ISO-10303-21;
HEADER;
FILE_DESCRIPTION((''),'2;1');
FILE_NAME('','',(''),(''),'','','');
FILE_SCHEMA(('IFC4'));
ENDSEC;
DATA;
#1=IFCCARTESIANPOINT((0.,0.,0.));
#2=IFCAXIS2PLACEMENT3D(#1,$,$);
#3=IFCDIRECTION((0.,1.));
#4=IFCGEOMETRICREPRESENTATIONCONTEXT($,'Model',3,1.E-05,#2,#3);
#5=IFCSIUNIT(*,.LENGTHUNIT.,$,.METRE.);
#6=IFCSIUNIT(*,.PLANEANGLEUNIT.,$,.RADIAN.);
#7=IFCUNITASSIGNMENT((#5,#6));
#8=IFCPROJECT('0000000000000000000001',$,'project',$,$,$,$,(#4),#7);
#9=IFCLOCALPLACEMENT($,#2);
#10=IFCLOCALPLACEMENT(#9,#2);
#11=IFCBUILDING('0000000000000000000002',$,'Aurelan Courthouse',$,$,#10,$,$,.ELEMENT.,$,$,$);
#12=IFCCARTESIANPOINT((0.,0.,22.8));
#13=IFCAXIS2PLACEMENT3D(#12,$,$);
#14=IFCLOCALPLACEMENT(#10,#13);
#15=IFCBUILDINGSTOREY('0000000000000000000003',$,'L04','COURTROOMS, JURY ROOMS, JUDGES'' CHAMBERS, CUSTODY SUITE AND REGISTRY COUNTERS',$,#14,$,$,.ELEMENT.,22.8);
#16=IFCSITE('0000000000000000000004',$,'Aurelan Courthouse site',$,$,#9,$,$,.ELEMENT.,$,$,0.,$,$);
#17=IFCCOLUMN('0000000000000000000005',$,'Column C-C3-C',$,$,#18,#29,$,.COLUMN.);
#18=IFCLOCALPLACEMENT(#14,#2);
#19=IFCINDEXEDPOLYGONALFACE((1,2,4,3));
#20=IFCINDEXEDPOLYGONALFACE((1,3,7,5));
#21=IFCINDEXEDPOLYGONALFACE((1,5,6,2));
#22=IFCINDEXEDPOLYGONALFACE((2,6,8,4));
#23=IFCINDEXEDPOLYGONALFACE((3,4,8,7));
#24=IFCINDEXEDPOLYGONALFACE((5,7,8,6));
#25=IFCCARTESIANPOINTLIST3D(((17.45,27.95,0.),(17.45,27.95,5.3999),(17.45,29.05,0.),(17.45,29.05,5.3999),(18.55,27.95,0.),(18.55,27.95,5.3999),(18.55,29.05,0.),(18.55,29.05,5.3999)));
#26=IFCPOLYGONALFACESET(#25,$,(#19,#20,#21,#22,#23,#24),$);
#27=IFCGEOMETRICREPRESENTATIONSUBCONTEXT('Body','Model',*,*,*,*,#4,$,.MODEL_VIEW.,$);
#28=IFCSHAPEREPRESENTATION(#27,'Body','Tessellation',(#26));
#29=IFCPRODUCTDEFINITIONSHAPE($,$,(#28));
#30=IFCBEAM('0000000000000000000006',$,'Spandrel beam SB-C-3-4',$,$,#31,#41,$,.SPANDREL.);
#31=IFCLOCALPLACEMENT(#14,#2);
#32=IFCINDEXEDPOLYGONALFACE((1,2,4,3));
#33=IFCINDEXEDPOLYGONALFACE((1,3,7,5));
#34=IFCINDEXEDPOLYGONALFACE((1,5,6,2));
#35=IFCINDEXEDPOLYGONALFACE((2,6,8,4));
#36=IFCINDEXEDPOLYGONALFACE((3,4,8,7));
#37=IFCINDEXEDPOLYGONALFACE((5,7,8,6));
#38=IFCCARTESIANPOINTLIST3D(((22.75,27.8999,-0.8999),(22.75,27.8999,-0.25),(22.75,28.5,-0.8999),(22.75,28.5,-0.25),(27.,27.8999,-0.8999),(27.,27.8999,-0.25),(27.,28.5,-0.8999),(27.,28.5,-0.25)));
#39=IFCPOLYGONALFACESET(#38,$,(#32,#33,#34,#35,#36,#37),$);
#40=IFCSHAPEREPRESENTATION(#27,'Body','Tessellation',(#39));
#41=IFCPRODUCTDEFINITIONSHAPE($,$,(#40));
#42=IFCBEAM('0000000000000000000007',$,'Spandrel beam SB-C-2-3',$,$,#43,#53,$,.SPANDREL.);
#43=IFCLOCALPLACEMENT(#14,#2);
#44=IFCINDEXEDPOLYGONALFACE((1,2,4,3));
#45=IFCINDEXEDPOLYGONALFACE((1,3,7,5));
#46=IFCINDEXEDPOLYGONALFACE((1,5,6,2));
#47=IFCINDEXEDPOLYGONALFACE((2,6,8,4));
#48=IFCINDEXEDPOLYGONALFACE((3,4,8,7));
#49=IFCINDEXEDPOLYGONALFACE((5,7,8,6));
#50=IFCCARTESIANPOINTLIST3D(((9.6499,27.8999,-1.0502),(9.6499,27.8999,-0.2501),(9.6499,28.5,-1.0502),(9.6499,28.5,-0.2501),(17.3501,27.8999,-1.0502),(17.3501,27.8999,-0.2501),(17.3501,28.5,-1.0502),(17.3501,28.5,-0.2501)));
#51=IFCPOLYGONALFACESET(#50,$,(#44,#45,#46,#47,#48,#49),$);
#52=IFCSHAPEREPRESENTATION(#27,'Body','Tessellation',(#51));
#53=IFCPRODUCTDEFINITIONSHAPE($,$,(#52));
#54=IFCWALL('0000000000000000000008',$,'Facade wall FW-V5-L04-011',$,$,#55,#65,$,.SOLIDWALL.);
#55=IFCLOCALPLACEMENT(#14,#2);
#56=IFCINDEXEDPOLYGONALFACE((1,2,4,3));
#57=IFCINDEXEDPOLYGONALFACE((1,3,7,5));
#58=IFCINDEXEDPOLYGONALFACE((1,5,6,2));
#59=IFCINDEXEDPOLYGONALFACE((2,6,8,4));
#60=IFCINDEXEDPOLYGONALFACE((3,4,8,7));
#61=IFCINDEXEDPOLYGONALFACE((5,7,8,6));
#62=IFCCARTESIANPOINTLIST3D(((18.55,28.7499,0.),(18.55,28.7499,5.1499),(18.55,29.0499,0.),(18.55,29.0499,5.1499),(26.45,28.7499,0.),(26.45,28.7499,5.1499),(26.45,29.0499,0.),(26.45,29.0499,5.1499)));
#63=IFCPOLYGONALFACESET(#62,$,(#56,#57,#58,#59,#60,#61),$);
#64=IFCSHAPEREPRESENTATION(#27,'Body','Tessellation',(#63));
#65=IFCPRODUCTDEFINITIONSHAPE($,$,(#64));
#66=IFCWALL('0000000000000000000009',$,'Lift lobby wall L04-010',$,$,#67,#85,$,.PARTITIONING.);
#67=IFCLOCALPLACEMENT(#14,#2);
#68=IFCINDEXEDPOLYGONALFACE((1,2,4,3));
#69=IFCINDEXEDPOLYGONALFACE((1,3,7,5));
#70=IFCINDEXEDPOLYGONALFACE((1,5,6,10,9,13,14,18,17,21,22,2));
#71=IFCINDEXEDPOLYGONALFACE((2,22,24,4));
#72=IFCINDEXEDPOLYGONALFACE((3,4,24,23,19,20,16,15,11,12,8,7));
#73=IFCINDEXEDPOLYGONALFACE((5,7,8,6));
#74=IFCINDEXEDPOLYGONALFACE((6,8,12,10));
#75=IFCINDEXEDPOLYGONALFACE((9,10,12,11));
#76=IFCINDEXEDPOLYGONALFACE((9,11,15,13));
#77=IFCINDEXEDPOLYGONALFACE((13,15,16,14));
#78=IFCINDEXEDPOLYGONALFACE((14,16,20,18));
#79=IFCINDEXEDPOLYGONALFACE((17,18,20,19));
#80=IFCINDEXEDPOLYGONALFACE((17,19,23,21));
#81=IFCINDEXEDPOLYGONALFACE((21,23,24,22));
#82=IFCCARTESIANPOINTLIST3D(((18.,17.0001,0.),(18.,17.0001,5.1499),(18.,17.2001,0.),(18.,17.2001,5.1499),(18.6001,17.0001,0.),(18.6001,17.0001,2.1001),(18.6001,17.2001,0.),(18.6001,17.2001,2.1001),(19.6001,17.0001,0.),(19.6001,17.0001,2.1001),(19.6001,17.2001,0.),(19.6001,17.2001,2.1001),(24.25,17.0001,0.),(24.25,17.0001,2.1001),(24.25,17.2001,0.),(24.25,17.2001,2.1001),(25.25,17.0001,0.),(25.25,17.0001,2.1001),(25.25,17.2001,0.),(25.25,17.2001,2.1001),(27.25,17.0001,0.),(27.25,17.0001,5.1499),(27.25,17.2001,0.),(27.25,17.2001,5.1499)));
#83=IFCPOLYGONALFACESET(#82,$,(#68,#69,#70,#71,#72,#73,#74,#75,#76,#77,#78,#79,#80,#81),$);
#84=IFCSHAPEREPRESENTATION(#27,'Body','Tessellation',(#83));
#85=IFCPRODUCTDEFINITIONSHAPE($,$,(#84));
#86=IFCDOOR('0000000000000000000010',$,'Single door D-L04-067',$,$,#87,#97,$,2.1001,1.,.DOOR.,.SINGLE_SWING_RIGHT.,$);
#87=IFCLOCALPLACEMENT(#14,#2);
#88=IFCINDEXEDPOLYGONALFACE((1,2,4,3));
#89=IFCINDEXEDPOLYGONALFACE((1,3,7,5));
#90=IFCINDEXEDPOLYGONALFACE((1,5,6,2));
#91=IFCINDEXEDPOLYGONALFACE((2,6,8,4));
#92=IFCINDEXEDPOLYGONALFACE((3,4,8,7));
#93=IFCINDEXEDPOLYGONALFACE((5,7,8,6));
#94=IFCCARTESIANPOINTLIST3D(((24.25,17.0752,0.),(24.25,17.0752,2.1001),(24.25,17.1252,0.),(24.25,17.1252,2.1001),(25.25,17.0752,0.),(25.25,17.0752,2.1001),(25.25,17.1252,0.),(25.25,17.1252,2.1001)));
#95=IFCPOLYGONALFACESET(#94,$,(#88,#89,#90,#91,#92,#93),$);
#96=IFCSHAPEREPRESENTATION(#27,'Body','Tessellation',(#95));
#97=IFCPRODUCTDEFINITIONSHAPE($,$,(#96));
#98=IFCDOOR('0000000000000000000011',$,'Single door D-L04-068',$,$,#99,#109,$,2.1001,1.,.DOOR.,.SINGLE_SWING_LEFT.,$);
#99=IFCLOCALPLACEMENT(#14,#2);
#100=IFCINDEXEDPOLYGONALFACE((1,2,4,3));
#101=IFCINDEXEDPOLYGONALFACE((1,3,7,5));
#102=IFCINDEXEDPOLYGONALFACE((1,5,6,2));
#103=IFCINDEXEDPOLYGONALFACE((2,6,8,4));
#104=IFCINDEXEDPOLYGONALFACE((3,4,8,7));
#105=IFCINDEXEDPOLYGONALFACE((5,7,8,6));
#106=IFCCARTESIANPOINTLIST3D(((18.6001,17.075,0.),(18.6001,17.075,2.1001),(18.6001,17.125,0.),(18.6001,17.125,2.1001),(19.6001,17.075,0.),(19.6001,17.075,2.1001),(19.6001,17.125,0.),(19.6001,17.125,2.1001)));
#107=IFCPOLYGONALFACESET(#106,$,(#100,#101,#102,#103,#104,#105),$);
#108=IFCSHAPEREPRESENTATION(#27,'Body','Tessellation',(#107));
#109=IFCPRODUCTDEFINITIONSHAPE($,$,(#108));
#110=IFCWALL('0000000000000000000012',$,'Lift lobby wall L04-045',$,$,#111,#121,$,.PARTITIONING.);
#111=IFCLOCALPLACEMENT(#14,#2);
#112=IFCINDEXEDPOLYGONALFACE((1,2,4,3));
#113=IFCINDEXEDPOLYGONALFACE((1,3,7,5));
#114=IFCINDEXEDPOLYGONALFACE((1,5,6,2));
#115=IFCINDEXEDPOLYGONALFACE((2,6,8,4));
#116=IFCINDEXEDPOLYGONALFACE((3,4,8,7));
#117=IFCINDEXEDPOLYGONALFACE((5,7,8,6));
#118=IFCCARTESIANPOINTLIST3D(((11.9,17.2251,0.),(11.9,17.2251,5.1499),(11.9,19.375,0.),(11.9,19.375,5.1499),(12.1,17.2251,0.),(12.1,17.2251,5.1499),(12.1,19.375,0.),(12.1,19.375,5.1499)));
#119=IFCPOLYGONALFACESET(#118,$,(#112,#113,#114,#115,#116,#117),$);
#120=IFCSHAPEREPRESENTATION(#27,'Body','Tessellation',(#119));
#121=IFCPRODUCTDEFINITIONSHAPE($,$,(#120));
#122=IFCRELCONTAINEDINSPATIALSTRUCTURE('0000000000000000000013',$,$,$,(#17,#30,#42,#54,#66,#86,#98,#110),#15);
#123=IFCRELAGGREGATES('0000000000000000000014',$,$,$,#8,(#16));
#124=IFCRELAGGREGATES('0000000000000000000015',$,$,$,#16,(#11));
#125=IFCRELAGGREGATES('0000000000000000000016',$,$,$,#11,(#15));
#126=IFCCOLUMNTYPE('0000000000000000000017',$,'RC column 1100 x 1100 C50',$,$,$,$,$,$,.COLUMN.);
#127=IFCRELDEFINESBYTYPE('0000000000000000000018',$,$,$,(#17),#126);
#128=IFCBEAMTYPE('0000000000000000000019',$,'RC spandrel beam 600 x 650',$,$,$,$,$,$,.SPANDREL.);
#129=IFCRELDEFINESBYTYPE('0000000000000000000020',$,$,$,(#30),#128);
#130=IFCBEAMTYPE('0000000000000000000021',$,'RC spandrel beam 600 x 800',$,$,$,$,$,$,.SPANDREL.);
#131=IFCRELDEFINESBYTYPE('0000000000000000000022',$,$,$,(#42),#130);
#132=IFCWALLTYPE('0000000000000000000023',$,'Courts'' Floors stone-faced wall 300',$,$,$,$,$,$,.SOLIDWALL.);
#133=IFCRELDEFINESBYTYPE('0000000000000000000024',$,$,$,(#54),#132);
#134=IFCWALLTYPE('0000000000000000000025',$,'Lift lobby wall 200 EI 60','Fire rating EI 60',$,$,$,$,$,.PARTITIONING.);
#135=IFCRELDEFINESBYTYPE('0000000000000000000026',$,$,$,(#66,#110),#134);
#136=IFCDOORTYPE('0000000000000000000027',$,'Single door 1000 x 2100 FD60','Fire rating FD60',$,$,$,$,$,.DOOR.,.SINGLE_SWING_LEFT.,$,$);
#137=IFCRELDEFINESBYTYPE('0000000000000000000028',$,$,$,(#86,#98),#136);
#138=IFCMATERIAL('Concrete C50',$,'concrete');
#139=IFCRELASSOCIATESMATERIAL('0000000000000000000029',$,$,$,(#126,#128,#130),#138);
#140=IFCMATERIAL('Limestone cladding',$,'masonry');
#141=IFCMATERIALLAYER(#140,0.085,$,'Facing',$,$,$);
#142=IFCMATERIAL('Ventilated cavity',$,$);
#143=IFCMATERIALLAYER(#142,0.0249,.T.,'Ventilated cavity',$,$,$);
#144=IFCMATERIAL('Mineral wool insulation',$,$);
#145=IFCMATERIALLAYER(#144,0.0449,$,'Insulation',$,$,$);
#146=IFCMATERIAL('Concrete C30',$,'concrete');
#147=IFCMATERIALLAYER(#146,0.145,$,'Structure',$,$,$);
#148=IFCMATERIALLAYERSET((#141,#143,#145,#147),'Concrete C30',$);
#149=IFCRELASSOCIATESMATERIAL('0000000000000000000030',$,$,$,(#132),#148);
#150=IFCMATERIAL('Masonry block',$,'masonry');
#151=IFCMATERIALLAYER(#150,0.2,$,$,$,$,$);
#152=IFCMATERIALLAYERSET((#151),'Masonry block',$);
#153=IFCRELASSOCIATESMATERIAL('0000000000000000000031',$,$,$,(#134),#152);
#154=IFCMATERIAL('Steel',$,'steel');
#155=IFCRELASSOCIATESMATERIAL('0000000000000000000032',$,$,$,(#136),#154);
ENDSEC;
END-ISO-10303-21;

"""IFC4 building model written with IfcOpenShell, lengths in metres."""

from ifc_helpers import new_model, si_unit, direction, frame, frame_2d, origin, origin_2d, place, context, subcontext, project, spatial, rectangle, extrude, material, layer, layer_set, material_profile, profile_set, type_object, element, fill, save


model = new_model("IFC4")

# Units and contexts
model_context = context("Model", 3, precision=1e-05, world=origin(), true_north=direction((0.0, 1.0)))
body_context = subcontext(model_context, "Body", "Model", "MODEL_VIEW")
ifc_project = project(units=[si_unit("LENGTHUNIT", "METRE"), si_unit("PLANEANGLEUNIT", "RADIAN")], contexts=[model_context])

# Site, building, storey
site_placement = place(None, origin())
site = spatial("IfcSite", under=ifc_project, at=site_placement, Name="Aurelan Courthouse site", CompositionType="ELEMENT", RefElevation=0.0)
building_placement = place(site_placement, origin())
building = spatial("IfcBuilding", under=site, at=building_placement, Name="Aurelan Courthouse", CompositionType="ELEMENT")
storey_placement = place(building_placement, frame((0.0, 0.0, 22.8)))
storey = spatial("IfcBuildingStorey", under=building, at=storey_placement, Name="L04", Description="COURTROOMS, JURY ROOMS, JUDGES' CHAMBERS, CUSTODY SUITE AND REGISTRY COUNTERS", CompositionType="ELEMENT", Elevation=22.8)

# Column
ifc_material_1 = material(Name="Concrete C50", Category="concrete")
ifc_material_profile_1 = material_profile(ifc_material_1, rectangle(XDim=1.1001, YDim=1.1001, at=origin_2d()), Name="RC 1100 x 1100")
ifc_profile_set_1 = profile_set([ifc_material_profile_1], Name="Concrete C50")
column_type = type_object("IfcColumnType", Name="RC column 1100 x 1100 C50", PredefinedType="COLUMN", material=ifc_profile_set_1)
column_placement = place(storey_placement, frame((18.0, 28.5, 0.0), z_axis=(0.0, 0.0, 1.0), x_axis=(1.0, 0.0, 0.0)))
element("IfcColumn", 1, at=column_placement, inside=storey, type_object=column_type, Name="Column C-C3-C", PredefinedType="COLUMN", context=body_context, shape_type="SweptSolid", body=[
    extrude(rectangle(XDim=1.1001, YDim=1.1001, at=origin_2d()), origin(), (0.0, 0.0, 1.0), 5.3999),
])

# Beams
ifc_material_profile_2 = material_profile(ifc_material_1, rectangle(XDim=0.6001, YDim=0.6499, at=origin_2d()), Name="RC 600 x 650")
ifc_profile_set_2 = profile_set([ifc_material_profile_2], Name="Concrete C50")
beam_type_1 = type_object("IfcBeamType", Name="RC spandrel beam 600 x 650", PredefinedType="SPANDREL", material=ifc_profile_set_2)
beam_1_placement = place(storey_placement, frame((22.75, 28.2, -0.575), z_axis=(1.0, 0.0, 0.0), x_axis=(0.0, 1.0, 0.0)))
element("IfcBeam", 2, at=beam_1_placement, inside=storey, type_object=beam_type_1, Name="Spandrel beam SB-C-3-4", PredefinedType="SPANDREL", context=body_context, shape_type="SweptSolid", body=[
    extrude(rectangle(XDim=0.6001, YDim=0.6499, at=origin_2d()), origin(), (0.0, 0.0, 1.0), 4.25),
])
ifc_material_profile_3 = material_profile(ifc_material_1, rectangle(XDim=0.6001, YDim=0.8, at=origin_2d()), Name="RC 600 x 800")
ifc_profile_set_3 = profile_set([ifc_material_profile_3], Name="Concrete C50")
beam_type_2 = type_object("IfcBeamType", Name="RC spandrel beam 600 x 800", PredefinedType="SPANDREL", material=ifc_profile_set_3)
beam_2_placement = place(storey_placement, frame((9.6499, 28.2, -0.6501), z_axis=(1.0, 0.0, 0.0), x_axis=(0.0, 1.0, 0.0)))
element("IfcBeam", 3, at=beam_2_placement, inside=storey, type_object=beam_type_2, Name="Spandrel beam SB-C-2-3", PredefinedType="SPANDREL", context=body_context, shape_type="SweptSolid", body=[
    extrude(rectangle(XDim=0.6001, YDim=0.8, at=origin_2d()), origin(), (0.0, 0.0, 1.0), 7.7002),
])

# Wall
ifc_material_2 = material(Name="Limestone cladding", Category="masonry")
ifc_layer_1 = layer(ifc_material_2, 0.085, Name="Facing")
ifc_material_3 = material(Name="Ventilated cavity")
ifc_layer_2 = layer(ifc_material_3, 0.0249, ventilated=True, Name="Ventilated cavity")
ifc_material_4 = material(Name="Mineral wool insulation")
ifc_layer_3 = layer(ifc_material_4, 0.0449, Name="Insulation")
ifc_material_5 = material(Name="Concrete C30", Category="concrete")
ifc_layer_4 = layer(ifc_material_5, 0.145, Name="Structure")
ifc_layer_set_1 = layer_set([ifc_layer_1, ifc_layer_2, ifc_layer_3, ifc_layer_4], Name="Concrete C30")
wall_type_1 = type_object("IfcWallType", Name="Courts' Floors stone-faced wall 300", PredefinedType="SOLIDWALL", material=ifc_layer_set_1)
wall_1_placement = place(storey_placement, frame((18.55, 28.8999, 0.0), z_axis=(0.0, 0.0, 1.0), x_axis=(1.0, 0.0, 0.0)))
element("IfcWall", 4, at=wall_1_placement, inside=storey, type_object=wall_type_1, Name="Facade wall FW-V5-L04-011", PredefinedType="SOLIDWALL", context=body_context, shape_type="SweptSolid", body=[
    extrude(rectangle(XDim=7.8999, YDim=0.3, at=frame_2d((3.95, 0.0))), origin(), (0.0, 0.0, 1.0), 5.1499),
])

# Wall, openings, doors
ifc_material_6 = material(Name="Masonry block", Category="masonry")
ifc_layer_5 = layer(ifc_material_6, 0.2)
ifc_layer_set_2 = layer_set([ifc_layer_5], Name="Masonry block")
wall_type_2 = type_object("IfcWallType", Name="Lift lobby wall 200 EI 60", Description="Fire rating EI 60", PredefinedType="PARTITIONING", material=ifc_layer_set_2)
wall_2_placement = place(storey_placement, frame((18.0, 17.1001, 0.0), z_axis=(0.0, 0.0, 1.0), x_axis=(1.0, 0.0, 0.0)))
wall_2 = element("IfcWall", 5, at=wall_2_placement, inside=storey, type_object=wall_type_2, Name="Lift lobby wall L04-010", PredefinedType="PARTITIONING", context=body_context, shape_type="SweptSolid", body=[
    extrude(rectangle(XDim=9.25, YDim=0.2, at=frame_2d((4.625, 0.0))), origin(), (0.0, 0.0, 1.0), 5.1499),
])
opening_1_placement = place(wall_2_placement, frame((7.25, 0.0, 0.0), z_axis=(0.0, 0.0, 1.0), x_axis=(-1.0, 0.0, 0.0)))
opening_1 = element("IfcOpeningElement", 6, at=opening_1_placement, cuts=wall_2, PredefinedType="OPENING", context=body_context, shape_type="SweptSolid", body=[
    extrude(rectangle(XDim=1.0, YDim=2.1001, at=frame_2d((0.5, 1.05))), frame((0.0, 0.1099, 0.0), z_axis=(0.0, -1.0, 0.0), x_axis=(1.0, 0.0, 0.0)), (0.0, 0.0, 1.0), 0.22),
])
opening_2_placement = place(wall_2_placement, frame((0.6001, 0.0, 0.0)))
opening_2 = element("IfcOpeningElement", 7, at=opening_2_placement, cuts=wall_2, PredefinedType="OPENING", context=body_context, shape_type="SweptSolid", body=[
    extrude(rectangle(XDim=1.0, YDim=2.1001, at=frame_2d((0.5, 1.05))), frame((0.0, 0.1099, 0.0), z_axis=(0.0, -1.0, 0.0), x_axis=(1.0, 0.0, 0.0)), (0.0, 0.0, 1.0), 0.22),
])
ifc_material_7 = material(Name="Steel", Category="steel")
door_type_1 = type_object("IfcDoorType", Name="Single door 1000 x 2100 FD60", Description="Fire rating FD60", OperationType="SINGLE_SWING_LEFT", PredefinedType="DOOR", material=ifc_material_7)
door_1_placement = place(opening_1_placement, origin())
door_1 = element("IfcDoor", 8, at=door_1_placement, inside=storey, type_object=door_type_1, Name="Single door D-L04-067", OperationType="SINGLE_SWING_RIGHT", OverallHeight=2.1001, OverallWidth=1.0, PredefinedType="DOOR", context=body_context, shape_type="SweptSolid", body=[
    extrude(rectangle(XDim=1.0, YDim=2.1001, at=frame_2d((0.5, 1.05))), frame((0.0, 0.0249, 0.0), z_axis=(0.0, -1.0, 0.0), x_axis=(1.0, 0.0, 0.0)), (0.0, 0.0, 1.0), 0.05),
])
fill(opening_1, door_1)
door_2_placement = place(opening_2_placement, origin())
door_2 = element("IfcDoor", 9, at=door_2_placement, inside=storey, type_object=door_type_1, Name="Single door D-L04-068", OperationType="SINGLE_SWING_LEFT", OverallHeight=2.1001, OverallWidth=1.0, PredefinedType="DOOR", context=body_context, shape_type="SweptSolid", body=[
    extrude(rectangle(XDim=1.0, YDim=2.1001, at=frame_2d((0.5, 1.05))), frame((0.0, 0.0249, 0.0), z_axis=(0.0, -1.0, 0.0), x_axis=(1.0, 0.0, 0.0)), (0.0, 0.0, 1.0), 0.05),
])
fill(opening_2, door_2)

# Wall
wall_3_placement = place(storey_placement, frame((12.0, 17.2251, 0.0), z_axis=(0.0, 0.0, 1.0), x_axis=(0.0, 1.0, 0.0)))
element("IfcWall", 10, at=wall_3_placement, inside=storey, type_object=wall_type_2, Name="Lift lobby wall L04-045", PredefinedType="PARTITIONING", context=body_context, shape_type="SweptSolid", body=[
    extrude(rectangle(XDim=2.1499, YDim=0.2, at=frame_2d((1.075, 0.0))), origin(), (0.0, 0.0, 1.0), 5.1499),
])

save(model, "model.ifc")
